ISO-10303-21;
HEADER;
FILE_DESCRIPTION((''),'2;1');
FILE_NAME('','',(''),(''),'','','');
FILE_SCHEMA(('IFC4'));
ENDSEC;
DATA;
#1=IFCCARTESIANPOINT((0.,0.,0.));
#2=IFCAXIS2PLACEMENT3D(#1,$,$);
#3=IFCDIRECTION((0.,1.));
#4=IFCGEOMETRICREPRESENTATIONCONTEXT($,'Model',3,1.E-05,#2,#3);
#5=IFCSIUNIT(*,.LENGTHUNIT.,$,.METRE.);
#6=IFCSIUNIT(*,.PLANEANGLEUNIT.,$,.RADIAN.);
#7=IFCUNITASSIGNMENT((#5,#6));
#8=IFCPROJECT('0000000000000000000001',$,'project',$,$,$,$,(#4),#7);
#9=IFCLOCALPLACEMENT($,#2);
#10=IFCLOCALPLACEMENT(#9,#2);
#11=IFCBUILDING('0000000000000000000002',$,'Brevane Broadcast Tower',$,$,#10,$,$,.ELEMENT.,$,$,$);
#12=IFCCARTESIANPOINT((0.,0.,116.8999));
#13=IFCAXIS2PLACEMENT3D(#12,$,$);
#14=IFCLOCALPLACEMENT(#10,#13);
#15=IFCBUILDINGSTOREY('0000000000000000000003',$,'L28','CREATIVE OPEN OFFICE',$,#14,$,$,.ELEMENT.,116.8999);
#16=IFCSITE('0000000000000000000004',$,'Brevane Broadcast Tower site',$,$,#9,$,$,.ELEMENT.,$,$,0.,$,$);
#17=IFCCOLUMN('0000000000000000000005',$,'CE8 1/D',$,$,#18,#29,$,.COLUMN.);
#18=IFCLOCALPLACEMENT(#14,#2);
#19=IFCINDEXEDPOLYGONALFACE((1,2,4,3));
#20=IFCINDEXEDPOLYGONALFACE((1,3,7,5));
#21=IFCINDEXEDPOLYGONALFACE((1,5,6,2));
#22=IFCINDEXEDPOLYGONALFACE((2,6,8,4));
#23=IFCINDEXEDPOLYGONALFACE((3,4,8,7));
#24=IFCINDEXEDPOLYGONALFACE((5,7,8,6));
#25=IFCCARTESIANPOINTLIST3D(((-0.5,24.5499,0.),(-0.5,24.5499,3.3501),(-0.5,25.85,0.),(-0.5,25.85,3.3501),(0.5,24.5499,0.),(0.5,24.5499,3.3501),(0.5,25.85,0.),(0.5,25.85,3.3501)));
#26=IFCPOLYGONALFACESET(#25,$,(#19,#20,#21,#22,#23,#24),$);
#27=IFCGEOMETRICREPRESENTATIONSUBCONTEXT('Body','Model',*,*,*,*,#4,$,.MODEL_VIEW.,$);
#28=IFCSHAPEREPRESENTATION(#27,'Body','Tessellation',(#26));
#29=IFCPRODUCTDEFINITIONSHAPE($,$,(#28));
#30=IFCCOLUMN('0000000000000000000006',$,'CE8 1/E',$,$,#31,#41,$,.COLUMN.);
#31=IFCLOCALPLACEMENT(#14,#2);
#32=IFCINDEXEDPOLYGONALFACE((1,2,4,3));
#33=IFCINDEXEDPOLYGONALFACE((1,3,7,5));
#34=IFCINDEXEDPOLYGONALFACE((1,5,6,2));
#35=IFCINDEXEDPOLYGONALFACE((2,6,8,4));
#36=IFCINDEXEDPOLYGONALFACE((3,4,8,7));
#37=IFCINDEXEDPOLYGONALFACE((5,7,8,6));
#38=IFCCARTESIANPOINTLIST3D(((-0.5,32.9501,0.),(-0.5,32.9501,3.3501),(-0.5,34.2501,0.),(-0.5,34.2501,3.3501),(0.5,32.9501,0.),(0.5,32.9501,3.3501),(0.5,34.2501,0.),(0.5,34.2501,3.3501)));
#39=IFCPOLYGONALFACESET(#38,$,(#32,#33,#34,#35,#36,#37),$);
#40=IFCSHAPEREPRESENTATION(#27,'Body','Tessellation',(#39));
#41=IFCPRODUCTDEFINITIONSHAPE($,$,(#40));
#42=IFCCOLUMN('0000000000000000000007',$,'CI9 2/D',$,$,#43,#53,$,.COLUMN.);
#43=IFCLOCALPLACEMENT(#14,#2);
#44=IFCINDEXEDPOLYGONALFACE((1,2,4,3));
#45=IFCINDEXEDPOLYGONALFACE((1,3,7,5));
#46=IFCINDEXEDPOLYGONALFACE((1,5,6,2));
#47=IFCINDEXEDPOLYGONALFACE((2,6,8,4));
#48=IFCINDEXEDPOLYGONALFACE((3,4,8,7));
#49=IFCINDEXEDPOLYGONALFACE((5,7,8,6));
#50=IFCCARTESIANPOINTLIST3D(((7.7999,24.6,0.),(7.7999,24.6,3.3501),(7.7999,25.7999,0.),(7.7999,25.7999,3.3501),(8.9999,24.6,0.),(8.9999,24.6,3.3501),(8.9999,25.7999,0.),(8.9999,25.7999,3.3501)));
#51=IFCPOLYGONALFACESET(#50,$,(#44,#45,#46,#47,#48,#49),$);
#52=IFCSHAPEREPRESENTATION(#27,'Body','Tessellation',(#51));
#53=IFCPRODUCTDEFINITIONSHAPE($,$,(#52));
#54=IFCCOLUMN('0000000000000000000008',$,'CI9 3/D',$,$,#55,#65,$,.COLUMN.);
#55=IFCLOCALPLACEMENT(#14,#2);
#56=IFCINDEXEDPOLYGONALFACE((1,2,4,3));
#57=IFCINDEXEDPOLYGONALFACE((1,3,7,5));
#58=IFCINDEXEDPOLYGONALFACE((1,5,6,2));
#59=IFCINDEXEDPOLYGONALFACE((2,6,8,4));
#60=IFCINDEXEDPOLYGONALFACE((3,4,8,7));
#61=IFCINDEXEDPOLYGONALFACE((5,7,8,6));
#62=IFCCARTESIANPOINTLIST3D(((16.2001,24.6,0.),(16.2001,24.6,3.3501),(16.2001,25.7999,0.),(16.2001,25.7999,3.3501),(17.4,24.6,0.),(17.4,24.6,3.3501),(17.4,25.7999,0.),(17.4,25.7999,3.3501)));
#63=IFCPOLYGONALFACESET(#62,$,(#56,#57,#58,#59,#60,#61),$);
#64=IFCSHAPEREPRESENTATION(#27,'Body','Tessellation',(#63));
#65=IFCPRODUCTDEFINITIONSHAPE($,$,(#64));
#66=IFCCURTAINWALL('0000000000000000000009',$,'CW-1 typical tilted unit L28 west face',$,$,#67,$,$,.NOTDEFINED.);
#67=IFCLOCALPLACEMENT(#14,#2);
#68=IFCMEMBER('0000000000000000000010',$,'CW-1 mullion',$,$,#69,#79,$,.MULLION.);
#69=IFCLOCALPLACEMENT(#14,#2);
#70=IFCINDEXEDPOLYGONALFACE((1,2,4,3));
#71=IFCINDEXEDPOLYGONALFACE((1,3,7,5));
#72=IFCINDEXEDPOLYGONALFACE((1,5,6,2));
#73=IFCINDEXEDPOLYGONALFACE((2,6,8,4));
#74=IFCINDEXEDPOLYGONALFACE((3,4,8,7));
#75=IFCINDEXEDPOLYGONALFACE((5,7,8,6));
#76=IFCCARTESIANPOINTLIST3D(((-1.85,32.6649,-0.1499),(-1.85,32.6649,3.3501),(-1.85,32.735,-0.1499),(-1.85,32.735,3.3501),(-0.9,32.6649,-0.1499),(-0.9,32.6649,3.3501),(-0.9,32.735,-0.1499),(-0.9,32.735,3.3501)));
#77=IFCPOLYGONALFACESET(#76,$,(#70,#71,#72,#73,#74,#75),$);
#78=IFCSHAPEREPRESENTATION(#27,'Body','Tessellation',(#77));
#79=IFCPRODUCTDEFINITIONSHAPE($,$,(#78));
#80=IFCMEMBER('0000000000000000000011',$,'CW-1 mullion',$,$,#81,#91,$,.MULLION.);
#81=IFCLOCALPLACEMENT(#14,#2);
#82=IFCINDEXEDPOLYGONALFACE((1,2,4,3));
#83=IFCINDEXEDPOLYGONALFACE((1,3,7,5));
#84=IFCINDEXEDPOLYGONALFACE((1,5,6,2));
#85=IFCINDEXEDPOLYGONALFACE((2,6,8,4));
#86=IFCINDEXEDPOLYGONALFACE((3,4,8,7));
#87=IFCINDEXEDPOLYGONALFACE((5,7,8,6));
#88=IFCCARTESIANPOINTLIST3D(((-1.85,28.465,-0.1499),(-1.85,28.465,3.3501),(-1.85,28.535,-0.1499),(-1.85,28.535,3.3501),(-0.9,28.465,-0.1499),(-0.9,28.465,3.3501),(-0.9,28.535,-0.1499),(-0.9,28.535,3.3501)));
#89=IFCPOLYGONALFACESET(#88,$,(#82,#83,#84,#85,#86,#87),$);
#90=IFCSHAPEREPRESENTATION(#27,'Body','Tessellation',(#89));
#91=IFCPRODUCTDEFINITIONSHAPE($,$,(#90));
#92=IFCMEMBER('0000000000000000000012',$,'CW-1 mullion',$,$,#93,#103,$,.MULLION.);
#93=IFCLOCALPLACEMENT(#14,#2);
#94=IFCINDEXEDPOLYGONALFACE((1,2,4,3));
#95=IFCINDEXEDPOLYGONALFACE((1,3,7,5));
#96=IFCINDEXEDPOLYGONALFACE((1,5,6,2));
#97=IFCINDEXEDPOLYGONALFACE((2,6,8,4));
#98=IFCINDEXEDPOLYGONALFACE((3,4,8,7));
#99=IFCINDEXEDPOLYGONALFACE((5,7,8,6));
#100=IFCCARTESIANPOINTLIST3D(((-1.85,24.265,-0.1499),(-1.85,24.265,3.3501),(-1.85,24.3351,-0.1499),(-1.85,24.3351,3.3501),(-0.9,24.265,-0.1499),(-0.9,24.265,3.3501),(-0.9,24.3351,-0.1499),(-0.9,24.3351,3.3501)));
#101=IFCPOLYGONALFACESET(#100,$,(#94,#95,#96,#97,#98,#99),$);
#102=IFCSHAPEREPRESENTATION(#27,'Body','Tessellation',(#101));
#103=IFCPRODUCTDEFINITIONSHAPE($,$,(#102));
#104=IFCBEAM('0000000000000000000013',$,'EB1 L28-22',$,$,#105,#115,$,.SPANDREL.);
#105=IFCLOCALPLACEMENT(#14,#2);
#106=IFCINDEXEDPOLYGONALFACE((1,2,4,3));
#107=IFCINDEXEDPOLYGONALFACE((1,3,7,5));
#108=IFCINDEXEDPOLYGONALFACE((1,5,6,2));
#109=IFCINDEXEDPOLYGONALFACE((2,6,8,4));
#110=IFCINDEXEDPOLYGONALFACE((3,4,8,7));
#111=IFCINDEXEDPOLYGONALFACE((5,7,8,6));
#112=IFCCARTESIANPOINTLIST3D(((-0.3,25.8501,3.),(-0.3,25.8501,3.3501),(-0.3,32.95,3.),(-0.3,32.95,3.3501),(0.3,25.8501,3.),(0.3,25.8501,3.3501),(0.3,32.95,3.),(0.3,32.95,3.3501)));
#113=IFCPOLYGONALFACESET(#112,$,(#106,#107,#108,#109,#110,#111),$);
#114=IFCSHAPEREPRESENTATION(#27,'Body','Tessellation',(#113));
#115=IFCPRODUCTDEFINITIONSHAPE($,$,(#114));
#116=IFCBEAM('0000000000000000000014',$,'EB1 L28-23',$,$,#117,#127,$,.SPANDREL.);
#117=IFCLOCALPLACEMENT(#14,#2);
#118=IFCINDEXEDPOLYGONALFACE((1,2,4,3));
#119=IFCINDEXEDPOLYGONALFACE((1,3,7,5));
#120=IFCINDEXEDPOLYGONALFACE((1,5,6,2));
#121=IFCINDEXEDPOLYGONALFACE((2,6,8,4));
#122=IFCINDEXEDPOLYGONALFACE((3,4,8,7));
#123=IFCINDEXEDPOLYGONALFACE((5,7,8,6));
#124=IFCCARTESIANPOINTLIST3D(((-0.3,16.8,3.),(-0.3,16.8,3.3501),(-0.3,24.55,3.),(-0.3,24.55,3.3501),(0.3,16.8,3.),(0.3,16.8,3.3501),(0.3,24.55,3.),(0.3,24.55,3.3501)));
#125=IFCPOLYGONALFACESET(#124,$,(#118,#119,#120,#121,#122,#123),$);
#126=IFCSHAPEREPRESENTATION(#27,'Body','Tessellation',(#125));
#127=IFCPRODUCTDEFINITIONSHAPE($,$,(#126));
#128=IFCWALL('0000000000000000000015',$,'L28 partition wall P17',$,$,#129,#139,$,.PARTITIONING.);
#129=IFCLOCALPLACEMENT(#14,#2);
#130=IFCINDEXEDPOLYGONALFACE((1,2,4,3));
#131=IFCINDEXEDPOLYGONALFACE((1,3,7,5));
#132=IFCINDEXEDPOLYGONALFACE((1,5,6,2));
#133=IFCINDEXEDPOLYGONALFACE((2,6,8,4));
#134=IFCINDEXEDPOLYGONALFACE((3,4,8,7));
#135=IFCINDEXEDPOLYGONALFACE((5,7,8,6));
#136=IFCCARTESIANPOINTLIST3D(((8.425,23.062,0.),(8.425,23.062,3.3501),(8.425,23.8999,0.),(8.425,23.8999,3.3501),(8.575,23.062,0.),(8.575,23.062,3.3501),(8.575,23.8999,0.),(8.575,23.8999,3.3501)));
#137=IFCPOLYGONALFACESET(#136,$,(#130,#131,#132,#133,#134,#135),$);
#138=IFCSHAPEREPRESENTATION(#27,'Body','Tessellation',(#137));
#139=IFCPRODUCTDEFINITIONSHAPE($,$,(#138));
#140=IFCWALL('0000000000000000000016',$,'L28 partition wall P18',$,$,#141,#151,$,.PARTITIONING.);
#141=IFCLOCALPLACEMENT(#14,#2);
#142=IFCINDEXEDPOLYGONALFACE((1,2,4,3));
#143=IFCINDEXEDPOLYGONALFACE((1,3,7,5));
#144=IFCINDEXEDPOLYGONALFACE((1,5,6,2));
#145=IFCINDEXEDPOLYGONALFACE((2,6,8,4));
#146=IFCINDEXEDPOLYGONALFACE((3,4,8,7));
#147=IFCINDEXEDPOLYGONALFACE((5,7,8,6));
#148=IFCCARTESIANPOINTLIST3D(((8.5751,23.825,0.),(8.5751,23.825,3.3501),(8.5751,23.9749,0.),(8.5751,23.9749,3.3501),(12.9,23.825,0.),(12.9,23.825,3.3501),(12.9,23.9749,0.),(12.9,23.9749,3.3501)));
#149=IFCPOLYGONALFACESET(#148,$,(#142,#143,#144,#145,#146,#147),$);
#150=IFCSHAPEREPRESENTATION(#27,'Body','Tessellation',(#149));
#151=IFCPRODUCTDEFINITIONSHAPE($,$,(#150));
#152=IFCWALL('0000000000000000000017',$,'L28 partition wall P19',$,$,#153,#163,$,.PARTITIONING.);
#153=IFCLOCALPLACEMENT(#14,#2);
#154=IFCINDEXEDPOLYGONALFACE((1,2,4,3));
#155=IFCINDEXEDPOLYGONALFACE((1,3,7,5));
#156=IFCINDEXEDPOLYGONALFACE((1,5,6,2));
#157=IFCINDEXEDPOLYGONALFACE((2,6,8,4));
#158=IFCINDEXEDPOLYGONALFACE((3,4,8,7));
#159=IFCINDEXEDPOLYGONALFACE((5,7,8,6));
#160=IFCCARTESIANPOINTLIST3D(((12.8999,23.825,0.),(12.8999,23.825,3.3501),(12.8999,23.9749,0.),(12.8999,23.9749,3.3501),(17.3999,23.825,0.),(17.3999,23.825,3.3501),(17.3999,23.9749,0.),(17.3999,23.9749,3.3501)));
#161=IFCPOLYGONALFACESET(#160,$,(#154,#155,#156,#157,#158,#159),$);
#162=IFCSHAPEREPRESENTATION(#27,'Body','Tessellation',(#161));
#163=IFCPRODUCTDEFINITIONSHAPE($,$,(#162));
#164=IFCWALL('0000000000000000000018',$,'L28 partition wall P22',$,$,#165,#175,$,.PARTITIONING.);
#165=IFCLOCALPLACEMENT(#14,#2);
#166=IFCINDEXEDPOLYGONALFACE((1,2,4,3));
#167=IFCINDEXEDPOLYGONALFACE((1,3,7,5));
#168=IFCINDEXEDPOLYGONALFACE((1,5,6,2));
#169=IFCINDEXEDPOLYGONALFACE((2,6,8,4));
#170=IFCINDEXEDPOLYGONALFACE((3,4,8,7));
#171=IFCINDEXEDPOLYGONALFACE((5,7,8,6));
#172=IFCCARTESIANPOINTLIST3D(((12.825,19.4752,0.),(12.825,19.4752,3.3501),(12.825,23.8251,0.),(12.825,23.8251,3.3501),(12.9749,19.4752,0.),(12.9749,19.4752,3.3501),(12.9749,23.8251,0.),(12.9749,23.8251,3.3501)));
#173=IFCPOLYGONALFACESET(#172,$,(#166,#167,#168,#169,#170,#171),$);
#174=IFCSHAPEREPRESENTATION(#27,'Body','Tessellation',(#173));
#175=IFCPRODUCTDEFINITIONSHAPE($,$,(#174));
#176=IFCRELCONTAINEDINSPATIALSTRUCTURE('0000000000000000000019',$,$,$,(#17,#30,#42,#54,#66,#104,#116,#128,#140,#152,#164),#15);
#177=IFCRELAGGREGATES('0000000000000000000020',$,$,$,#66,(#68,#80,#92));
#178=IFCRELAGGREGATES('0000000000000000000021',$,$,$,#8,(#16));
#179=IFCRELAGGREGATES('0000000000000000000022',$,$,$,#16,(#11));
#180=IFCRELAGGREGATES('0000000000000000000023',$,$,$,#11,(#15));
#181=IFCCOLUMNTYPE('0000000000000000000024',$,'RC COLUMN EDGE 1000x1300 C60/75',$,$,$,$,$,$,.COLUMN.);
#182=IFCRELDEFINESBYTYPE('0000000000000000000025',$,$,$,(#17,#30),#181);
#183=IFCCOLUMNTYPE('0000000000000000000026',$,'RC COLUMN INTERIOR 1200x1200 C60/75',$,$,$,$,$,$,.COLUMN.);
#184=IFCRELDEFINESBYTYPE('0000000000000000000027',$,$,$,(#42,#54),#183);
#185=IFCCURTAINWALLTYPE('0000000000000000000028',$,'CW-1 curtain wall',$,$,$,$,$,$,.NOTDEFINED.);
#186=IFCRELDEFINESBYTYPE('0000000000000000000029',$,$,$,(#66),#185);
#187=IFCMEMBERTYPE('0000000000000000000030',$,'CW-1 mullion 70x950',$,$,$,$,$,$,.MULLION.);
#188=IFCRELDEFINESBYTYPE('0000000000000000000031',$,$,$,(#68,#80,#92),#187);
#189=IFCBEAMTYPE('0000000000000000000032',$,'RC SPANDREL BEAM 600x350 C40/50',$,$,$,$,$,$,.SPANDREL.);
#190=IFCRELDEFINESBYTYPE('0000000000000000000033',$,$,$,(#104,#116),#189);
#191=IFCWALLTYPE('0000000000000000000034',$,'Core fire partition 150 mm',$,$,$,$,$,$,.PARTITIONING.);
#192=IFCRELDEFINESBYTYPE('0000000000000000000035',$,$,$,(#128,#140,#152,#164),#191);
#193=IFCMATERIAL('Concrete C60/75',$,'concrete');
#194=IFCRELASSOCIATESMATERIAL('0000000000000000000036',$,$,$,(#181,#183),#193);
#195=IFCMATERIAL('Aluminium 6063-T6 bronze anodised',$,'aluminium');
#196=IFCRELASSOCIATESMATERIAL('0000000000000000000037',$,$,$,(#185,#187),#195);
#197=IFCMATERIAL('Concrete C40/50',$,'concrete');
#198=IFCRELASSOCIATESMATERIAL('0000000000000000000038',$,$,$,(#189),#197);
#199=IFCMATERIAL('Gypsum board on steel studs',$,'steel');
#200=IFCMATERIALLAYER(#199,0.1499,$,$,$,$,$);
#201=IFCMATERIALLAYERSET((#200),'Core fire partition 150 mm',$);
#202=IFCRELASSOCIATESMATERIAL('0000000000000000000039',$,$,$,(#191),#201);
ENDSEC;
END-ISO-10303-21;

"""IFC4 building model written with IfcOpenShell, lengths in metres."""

from ifc_helpers import new_model, si_unit, direction, frame, frame_2d, origin, origin_2d, place, context, subcontext, project, spatial, rectangle, extrude, material, layer, layer_set, material_profile, profile_set, type_object, element, aggregate, save


model = new_model("IFC4")

# Units and contexts
model_context = context("Model", 3, precision=1e-05, world=origin(), true_north=direction((0.0, 1.0)))
body_context = subcontext(model_context, "Body", "Model", "MODEL_VIEW")
ifc_project = project(units=[si_unit("LENGTHUNIT", "METRE"), si_unit("PLANEANGLEUNIT", "RADIAN")], contexts=[model_context])

# Site, building, storey
site_placement = place(None, origin())
site = spatial("IfcSite", under=ifc_project, at=site_placement, Name="Brevane Broadcast Tower site", CompositionType="ELEMENT", RefElevation=0.0)
building_placement = place(site_placement, origin())
building = spatial("IfcBuilding", under=site, at=building_placement, Name="Brevane Broadcast Tower", CompositionType="ELEMENT")
storey_placement = place(building_placement, frame((0.0, 0.0, 116.8999)))
storey = spatial("IfcBuildingStorey", under=building, at=storey_placement, Name="L28", Description="CREATIVE OPEN OFFICE", CompositionType="ELEMENT", Elevation=116.8999)

# Columns
ifc_material_1 = material(Name="Concrete C60/75", Category="concrete")
ifc_material_profile_1 = material_profile(ifc_material_1, rectangle(XDim=1.0, YDim=1.3, at=origin_2d()), Name="RC 1000x1300")
ifc_profile_set_1 = profile_set([ifc_material_profile_1], Name="Concrete C60/75")
column_type_1 = type_object("IfcColumnType", Name="RC COLUMN EDGE 1000x1300 C60/75", PredefinedType="COLUMN", material=ifc_profile_set_1)
for number, where, z_axis, x_axis, name in (
    (1, (0.0, 25.2, 0.0), (0.0, 0.0, 1.0), (1.0, 0.0, 0.0), "CE8 1/D"),
    (2, (0.0, 33.6001, 0.0), (0.0, 0.0, 1.0), (1.0, 0.0, 0.0), "CE8 1/E"),
):
    element("IfcColumn", number, at=place(storey_placement, frame(where, z_axis=z_axis, x_axis=x_axis)), inside=storey, type_object=column_type_1, Name=name, PredefinedType="COLUMN", context=body_context, shape_type="SweptSolid", body=[
        extrude(rectangle(XDim=1.0, YDim=1.3, at=origin_2d()), origin(), (0.0, 0.0, 1.0), 3.3501),
    ])
ifc_material_profile_2 = material_profile(ifc_material_1, rectangle(XDim=1.2, YDim=1.2, at=origin_2d()), Name="RC 1200x1200")
ifc_profile_set_2 = profile_set([ifc_material_profile_2], Name="Concrete C60/75")
column_type_2 = type_object("IfcColumnType", Name="RC COLUMN INTERIOR 1200x1200 C60/75", PredefinedType="COLUMN", material=ifc_profile_set_2)
for number, where, z_axis, x_axis, name in (
    (3, (8.3999, 25.2, 0.0), (0.0, 0.0, 1.0), (1.0, 0.0, 0.0), "CI9 2/D"),
    (4, (16.8, 25.2, 0.0), (0.0, 0.0, 1.0), (1.0, 0.0, 0.0), "CI9 3/D"),
):
    element("IfcColumn", number, at=place(storey_placement, frame(where, z_axis=z_axis, x_axis=x_axis)), inside=storey, type_object=column_type_2, Name=name, PredefinedType="COLUMN", context=body_context, shape_type="SweptSolid", body=[
        extrude(rectangle(XDim=1.2, YDim=1.2, at=origin_2d()), origin(), (0.0, 0.0, 1.0), 3.3501),
    ])

# Curtain wall, members
ifc_material_2 = material(Name="Aluminium 6063-T6 bronze anodised", Category="aluminium")
curtain_wall_type = type_object("IfcCurtainWallType", Name="CW-1 curtain wall", PredefinedType="NOTDEFINED", material=ifc_material_2)
curtain_wall_placement = place(storey_placement, origin())
curtain_wall = element("IfcCurtainWall", 5, at=curtain_wall_placement, inside=storey, type_object=curtain_wall_type, Name="CW-1 typical tilted unit L28 west face", PredefinedType="NOTDEFINED")
ifc_material_profile_3 = material_profile(ifc_material_2, rectangle(XDim=0.95, YDim=0.0701, at=origin_2d()), Name="RECT 70x950")
ifc_profile_set_3 = profile_set([ifc_material_profile_3], Name="Aluminium 6063-T6 bronze anodised")
member_type = type_object("IfcMemberType", Name="CW-1 mullion 70x950", PredefinedType="MULLION", material=ifc_profile_set_3)
member_1_placement = place(storey_placement, frame((-1.375, 32.7, -0.1499), z_axis=(0.0, 0.0, 1.0), x_axis=(1.0, 0.0, 0.0)))
member_1 = element("IfcMember", 6, at=member_1_placement, type_object=member_type, Name="CW-1 mullion", PredefinedType="MULLION", context=body_context, shape_type="SweptSolid", body=[
    extrude(rectangle(XDim=0.95, YDim=0.0701, at=origin_2d()), origin(), (0.0, 0.0, 1.0), 3.5),
])
member_2_placement = place(storey_placement, frame((-1.375, 28.5, -0.1499), z_axis=(0.0, 0.0, 1.0), x_axis=(1.0, 0.0, 0.0)))
member_2 = element("IfcMember", 7, at=member_2_placement, type_object=member_type, Name="CW-1 mullion", PredefinedType="MULLION", context=body_context, shape_type="SweptSolid", body=[
    extrude(rectangle(XDim=0.95, YDim=0.0701, at=origin_2d()), origin(), (0.0, 0.0, 1.0), 3.5),
])
member_3_placement = place(storey_placement, frame((-1.375, 24.3, -0.1499), z_axis=(0.0, 0.0, 1.0), x_axis=(1.0, 0.0, 0.0)))
member_3 = element("IfcMember", 8, at=member_3_placement, type_object=member_type, Name="CW-1 mullion", PredefinedType="MULLION", context=body_context, shape_type="SweptSolid", body=[
    extrude(rectangle(XDim=0.95, YDim=0.0701, at=origin_2d()), origin(), (0.0, 0.0, 1.0), 3.5),
])
aggregate(curtain_wall, [member_1, member_2, member_3])

# Beams
ifc_material_3 = material(Name="Concrete C40/50", Category="concrete")
ifc_material_profile_4 = material_profile(ifc_material_3, rectangle(XDim=0.6001, YDim=0.3501, at=origin_2d()), Name="RC 600x350")
ifc_profile_set_4 = profile_set([ifc_material_profile_4], Name="Concrete C40/50")
beam_type = type_object("IfcBeamType", Name="RC SPANDREL BEAM 600x350 C40/50", PredefinedType="SPANDREL", material=ifc_profile_set_4)
beam_1_placement = place(storey_placement, frame((0.0, 32.95, 3.175), z_axis=(0.0, -1.0, 0.0), x_axis=(1.0, 0.0, 0.0)))
element("IfcBeam", 9, at=beam_1_placement, inside=storey, type_object=beam_type, Name="EB1 L28-22", PredefinedType="SPANDREL", context=body_context, shape_type="SweptSolid", body=[
    extrude(rectangle(XDim=0.6001, YDim=0.3501, at=origin_2d()), origin(), (0.0, 0.0, 1.0), 7.0999),
])
beam_2_placement = place(storey_placement, frame((0.0, 24.55, 3.175), z_axis=(0.0, -1.0, 0.0), x_axis=(1.0, 0.0, 0.0)))
element("IfcBeam", 10, at=beam_2_placement, inside=storey, type_object=beam_type, Name="EB1 L28-23", PredefinedType="SPANDREL", context=body_context, shape_type="SweptSolid", body=[
    extrude(rectangle(XDim=0.6001, YDim=0.3501, at=origin_2d()), origin(), (0.0, 0.0, 1.0), 7.75),
])

# Walls
ifc_material_4 = material(Name="Gypsum board on steel studs", Category="steel")
ifc_layer_1 = layer(ifc_material_4, 0.1499)
ifc_layer_set_1 = layer_set([ifc_layer_1], Name="Core fire partition 150 mm")
wall_type_1 = type_object("IfcWallType", Name="Core fire partition 150 mm", PredefinedType="PARTITIONING", material=ifc_layer_set_1)
wall_1_placement = place(storey_placement, frame((8.5, 23.062, 0.0), z_axis=(0.0, 0.0, 1.0), x_axis=(0.0, 1.0, 0.0)))
element("IfcWall", 11, at=wall_1_placement, inside=storey, type_object=wall_type_1, Name="L28 partition wall P17", PredefinedType="PARTITIONING", context=body_context, shape_type="SweptSolid", body=[
    extrude(rectangle(XDim=0.8379, YDim=0.1499, at=frame_2d((0.4189, 0.0))), origin(), (0.0, 0.0, 1.0), 3.3501),
])
wall_2_placement = place(storey_placement, frame((8.575, 23.8999, 0.0), z_axis=(0.0, 0.0, 1.0), x_axis=(1.0, 0.0, 0.0)))
element("IfcWall", 12, at=wall_2_placement, inside=storey, type_object=wall_type_1, Name="L28 partition wall P18", PredefinedType="PARTITIONING", context=body_context, shape_type="SweptSolid", body=[
    extrude(rectangle(XDim=4.325, YDim=0.1499, at=frame_2d((2.1626, 0.0))), origin(), (0.0, 0.0, 1.0), 3.3501),
])
wall_3_placement = place(storey_placement, frame((12.8999, 23.8999, 0.0), z_axis=(0.0, 0.0, 1.0), x_axis=(1.0, 0.0, 0.0)))
element("IfcWall", 13, at=wall_3_placement, inside=storey, type_object=wall_type_1, Name="L28 partition wall P19", PredefinedType="PARTITIONING", context=body_context, shape_type="SweptSolid", body=[
    extrude(rectangle(XDim=4.5, YDim=0.1499, at=frame_2d((2.25, 0.0))), origin(), (0.0, 0.0, 1.0), 3.3501),
])
wall_4_placement = place(storey_placement, frame((12.8999, 23.825, 0.0), z_axis=(0.0, 0.0, 1.0), x_axis=(0.0, -1.0, 0.0)))
element("IfcWall", 14, at=wall_4_placement, inside=storey, type_object=wall_type_1, Name="L28 partition wall P22", PredefinedType="PARTITIONING", context=body_context, shape_type="SweptSolid", body=[
    extrude(rectangle(XDim=4.3499, YDim=0.1499, at=frame_2d((2.1748, 0.0))), origin(), (0.0, 0.0, 1.0), 3.3501),
])

save(model, "model.ifc")
